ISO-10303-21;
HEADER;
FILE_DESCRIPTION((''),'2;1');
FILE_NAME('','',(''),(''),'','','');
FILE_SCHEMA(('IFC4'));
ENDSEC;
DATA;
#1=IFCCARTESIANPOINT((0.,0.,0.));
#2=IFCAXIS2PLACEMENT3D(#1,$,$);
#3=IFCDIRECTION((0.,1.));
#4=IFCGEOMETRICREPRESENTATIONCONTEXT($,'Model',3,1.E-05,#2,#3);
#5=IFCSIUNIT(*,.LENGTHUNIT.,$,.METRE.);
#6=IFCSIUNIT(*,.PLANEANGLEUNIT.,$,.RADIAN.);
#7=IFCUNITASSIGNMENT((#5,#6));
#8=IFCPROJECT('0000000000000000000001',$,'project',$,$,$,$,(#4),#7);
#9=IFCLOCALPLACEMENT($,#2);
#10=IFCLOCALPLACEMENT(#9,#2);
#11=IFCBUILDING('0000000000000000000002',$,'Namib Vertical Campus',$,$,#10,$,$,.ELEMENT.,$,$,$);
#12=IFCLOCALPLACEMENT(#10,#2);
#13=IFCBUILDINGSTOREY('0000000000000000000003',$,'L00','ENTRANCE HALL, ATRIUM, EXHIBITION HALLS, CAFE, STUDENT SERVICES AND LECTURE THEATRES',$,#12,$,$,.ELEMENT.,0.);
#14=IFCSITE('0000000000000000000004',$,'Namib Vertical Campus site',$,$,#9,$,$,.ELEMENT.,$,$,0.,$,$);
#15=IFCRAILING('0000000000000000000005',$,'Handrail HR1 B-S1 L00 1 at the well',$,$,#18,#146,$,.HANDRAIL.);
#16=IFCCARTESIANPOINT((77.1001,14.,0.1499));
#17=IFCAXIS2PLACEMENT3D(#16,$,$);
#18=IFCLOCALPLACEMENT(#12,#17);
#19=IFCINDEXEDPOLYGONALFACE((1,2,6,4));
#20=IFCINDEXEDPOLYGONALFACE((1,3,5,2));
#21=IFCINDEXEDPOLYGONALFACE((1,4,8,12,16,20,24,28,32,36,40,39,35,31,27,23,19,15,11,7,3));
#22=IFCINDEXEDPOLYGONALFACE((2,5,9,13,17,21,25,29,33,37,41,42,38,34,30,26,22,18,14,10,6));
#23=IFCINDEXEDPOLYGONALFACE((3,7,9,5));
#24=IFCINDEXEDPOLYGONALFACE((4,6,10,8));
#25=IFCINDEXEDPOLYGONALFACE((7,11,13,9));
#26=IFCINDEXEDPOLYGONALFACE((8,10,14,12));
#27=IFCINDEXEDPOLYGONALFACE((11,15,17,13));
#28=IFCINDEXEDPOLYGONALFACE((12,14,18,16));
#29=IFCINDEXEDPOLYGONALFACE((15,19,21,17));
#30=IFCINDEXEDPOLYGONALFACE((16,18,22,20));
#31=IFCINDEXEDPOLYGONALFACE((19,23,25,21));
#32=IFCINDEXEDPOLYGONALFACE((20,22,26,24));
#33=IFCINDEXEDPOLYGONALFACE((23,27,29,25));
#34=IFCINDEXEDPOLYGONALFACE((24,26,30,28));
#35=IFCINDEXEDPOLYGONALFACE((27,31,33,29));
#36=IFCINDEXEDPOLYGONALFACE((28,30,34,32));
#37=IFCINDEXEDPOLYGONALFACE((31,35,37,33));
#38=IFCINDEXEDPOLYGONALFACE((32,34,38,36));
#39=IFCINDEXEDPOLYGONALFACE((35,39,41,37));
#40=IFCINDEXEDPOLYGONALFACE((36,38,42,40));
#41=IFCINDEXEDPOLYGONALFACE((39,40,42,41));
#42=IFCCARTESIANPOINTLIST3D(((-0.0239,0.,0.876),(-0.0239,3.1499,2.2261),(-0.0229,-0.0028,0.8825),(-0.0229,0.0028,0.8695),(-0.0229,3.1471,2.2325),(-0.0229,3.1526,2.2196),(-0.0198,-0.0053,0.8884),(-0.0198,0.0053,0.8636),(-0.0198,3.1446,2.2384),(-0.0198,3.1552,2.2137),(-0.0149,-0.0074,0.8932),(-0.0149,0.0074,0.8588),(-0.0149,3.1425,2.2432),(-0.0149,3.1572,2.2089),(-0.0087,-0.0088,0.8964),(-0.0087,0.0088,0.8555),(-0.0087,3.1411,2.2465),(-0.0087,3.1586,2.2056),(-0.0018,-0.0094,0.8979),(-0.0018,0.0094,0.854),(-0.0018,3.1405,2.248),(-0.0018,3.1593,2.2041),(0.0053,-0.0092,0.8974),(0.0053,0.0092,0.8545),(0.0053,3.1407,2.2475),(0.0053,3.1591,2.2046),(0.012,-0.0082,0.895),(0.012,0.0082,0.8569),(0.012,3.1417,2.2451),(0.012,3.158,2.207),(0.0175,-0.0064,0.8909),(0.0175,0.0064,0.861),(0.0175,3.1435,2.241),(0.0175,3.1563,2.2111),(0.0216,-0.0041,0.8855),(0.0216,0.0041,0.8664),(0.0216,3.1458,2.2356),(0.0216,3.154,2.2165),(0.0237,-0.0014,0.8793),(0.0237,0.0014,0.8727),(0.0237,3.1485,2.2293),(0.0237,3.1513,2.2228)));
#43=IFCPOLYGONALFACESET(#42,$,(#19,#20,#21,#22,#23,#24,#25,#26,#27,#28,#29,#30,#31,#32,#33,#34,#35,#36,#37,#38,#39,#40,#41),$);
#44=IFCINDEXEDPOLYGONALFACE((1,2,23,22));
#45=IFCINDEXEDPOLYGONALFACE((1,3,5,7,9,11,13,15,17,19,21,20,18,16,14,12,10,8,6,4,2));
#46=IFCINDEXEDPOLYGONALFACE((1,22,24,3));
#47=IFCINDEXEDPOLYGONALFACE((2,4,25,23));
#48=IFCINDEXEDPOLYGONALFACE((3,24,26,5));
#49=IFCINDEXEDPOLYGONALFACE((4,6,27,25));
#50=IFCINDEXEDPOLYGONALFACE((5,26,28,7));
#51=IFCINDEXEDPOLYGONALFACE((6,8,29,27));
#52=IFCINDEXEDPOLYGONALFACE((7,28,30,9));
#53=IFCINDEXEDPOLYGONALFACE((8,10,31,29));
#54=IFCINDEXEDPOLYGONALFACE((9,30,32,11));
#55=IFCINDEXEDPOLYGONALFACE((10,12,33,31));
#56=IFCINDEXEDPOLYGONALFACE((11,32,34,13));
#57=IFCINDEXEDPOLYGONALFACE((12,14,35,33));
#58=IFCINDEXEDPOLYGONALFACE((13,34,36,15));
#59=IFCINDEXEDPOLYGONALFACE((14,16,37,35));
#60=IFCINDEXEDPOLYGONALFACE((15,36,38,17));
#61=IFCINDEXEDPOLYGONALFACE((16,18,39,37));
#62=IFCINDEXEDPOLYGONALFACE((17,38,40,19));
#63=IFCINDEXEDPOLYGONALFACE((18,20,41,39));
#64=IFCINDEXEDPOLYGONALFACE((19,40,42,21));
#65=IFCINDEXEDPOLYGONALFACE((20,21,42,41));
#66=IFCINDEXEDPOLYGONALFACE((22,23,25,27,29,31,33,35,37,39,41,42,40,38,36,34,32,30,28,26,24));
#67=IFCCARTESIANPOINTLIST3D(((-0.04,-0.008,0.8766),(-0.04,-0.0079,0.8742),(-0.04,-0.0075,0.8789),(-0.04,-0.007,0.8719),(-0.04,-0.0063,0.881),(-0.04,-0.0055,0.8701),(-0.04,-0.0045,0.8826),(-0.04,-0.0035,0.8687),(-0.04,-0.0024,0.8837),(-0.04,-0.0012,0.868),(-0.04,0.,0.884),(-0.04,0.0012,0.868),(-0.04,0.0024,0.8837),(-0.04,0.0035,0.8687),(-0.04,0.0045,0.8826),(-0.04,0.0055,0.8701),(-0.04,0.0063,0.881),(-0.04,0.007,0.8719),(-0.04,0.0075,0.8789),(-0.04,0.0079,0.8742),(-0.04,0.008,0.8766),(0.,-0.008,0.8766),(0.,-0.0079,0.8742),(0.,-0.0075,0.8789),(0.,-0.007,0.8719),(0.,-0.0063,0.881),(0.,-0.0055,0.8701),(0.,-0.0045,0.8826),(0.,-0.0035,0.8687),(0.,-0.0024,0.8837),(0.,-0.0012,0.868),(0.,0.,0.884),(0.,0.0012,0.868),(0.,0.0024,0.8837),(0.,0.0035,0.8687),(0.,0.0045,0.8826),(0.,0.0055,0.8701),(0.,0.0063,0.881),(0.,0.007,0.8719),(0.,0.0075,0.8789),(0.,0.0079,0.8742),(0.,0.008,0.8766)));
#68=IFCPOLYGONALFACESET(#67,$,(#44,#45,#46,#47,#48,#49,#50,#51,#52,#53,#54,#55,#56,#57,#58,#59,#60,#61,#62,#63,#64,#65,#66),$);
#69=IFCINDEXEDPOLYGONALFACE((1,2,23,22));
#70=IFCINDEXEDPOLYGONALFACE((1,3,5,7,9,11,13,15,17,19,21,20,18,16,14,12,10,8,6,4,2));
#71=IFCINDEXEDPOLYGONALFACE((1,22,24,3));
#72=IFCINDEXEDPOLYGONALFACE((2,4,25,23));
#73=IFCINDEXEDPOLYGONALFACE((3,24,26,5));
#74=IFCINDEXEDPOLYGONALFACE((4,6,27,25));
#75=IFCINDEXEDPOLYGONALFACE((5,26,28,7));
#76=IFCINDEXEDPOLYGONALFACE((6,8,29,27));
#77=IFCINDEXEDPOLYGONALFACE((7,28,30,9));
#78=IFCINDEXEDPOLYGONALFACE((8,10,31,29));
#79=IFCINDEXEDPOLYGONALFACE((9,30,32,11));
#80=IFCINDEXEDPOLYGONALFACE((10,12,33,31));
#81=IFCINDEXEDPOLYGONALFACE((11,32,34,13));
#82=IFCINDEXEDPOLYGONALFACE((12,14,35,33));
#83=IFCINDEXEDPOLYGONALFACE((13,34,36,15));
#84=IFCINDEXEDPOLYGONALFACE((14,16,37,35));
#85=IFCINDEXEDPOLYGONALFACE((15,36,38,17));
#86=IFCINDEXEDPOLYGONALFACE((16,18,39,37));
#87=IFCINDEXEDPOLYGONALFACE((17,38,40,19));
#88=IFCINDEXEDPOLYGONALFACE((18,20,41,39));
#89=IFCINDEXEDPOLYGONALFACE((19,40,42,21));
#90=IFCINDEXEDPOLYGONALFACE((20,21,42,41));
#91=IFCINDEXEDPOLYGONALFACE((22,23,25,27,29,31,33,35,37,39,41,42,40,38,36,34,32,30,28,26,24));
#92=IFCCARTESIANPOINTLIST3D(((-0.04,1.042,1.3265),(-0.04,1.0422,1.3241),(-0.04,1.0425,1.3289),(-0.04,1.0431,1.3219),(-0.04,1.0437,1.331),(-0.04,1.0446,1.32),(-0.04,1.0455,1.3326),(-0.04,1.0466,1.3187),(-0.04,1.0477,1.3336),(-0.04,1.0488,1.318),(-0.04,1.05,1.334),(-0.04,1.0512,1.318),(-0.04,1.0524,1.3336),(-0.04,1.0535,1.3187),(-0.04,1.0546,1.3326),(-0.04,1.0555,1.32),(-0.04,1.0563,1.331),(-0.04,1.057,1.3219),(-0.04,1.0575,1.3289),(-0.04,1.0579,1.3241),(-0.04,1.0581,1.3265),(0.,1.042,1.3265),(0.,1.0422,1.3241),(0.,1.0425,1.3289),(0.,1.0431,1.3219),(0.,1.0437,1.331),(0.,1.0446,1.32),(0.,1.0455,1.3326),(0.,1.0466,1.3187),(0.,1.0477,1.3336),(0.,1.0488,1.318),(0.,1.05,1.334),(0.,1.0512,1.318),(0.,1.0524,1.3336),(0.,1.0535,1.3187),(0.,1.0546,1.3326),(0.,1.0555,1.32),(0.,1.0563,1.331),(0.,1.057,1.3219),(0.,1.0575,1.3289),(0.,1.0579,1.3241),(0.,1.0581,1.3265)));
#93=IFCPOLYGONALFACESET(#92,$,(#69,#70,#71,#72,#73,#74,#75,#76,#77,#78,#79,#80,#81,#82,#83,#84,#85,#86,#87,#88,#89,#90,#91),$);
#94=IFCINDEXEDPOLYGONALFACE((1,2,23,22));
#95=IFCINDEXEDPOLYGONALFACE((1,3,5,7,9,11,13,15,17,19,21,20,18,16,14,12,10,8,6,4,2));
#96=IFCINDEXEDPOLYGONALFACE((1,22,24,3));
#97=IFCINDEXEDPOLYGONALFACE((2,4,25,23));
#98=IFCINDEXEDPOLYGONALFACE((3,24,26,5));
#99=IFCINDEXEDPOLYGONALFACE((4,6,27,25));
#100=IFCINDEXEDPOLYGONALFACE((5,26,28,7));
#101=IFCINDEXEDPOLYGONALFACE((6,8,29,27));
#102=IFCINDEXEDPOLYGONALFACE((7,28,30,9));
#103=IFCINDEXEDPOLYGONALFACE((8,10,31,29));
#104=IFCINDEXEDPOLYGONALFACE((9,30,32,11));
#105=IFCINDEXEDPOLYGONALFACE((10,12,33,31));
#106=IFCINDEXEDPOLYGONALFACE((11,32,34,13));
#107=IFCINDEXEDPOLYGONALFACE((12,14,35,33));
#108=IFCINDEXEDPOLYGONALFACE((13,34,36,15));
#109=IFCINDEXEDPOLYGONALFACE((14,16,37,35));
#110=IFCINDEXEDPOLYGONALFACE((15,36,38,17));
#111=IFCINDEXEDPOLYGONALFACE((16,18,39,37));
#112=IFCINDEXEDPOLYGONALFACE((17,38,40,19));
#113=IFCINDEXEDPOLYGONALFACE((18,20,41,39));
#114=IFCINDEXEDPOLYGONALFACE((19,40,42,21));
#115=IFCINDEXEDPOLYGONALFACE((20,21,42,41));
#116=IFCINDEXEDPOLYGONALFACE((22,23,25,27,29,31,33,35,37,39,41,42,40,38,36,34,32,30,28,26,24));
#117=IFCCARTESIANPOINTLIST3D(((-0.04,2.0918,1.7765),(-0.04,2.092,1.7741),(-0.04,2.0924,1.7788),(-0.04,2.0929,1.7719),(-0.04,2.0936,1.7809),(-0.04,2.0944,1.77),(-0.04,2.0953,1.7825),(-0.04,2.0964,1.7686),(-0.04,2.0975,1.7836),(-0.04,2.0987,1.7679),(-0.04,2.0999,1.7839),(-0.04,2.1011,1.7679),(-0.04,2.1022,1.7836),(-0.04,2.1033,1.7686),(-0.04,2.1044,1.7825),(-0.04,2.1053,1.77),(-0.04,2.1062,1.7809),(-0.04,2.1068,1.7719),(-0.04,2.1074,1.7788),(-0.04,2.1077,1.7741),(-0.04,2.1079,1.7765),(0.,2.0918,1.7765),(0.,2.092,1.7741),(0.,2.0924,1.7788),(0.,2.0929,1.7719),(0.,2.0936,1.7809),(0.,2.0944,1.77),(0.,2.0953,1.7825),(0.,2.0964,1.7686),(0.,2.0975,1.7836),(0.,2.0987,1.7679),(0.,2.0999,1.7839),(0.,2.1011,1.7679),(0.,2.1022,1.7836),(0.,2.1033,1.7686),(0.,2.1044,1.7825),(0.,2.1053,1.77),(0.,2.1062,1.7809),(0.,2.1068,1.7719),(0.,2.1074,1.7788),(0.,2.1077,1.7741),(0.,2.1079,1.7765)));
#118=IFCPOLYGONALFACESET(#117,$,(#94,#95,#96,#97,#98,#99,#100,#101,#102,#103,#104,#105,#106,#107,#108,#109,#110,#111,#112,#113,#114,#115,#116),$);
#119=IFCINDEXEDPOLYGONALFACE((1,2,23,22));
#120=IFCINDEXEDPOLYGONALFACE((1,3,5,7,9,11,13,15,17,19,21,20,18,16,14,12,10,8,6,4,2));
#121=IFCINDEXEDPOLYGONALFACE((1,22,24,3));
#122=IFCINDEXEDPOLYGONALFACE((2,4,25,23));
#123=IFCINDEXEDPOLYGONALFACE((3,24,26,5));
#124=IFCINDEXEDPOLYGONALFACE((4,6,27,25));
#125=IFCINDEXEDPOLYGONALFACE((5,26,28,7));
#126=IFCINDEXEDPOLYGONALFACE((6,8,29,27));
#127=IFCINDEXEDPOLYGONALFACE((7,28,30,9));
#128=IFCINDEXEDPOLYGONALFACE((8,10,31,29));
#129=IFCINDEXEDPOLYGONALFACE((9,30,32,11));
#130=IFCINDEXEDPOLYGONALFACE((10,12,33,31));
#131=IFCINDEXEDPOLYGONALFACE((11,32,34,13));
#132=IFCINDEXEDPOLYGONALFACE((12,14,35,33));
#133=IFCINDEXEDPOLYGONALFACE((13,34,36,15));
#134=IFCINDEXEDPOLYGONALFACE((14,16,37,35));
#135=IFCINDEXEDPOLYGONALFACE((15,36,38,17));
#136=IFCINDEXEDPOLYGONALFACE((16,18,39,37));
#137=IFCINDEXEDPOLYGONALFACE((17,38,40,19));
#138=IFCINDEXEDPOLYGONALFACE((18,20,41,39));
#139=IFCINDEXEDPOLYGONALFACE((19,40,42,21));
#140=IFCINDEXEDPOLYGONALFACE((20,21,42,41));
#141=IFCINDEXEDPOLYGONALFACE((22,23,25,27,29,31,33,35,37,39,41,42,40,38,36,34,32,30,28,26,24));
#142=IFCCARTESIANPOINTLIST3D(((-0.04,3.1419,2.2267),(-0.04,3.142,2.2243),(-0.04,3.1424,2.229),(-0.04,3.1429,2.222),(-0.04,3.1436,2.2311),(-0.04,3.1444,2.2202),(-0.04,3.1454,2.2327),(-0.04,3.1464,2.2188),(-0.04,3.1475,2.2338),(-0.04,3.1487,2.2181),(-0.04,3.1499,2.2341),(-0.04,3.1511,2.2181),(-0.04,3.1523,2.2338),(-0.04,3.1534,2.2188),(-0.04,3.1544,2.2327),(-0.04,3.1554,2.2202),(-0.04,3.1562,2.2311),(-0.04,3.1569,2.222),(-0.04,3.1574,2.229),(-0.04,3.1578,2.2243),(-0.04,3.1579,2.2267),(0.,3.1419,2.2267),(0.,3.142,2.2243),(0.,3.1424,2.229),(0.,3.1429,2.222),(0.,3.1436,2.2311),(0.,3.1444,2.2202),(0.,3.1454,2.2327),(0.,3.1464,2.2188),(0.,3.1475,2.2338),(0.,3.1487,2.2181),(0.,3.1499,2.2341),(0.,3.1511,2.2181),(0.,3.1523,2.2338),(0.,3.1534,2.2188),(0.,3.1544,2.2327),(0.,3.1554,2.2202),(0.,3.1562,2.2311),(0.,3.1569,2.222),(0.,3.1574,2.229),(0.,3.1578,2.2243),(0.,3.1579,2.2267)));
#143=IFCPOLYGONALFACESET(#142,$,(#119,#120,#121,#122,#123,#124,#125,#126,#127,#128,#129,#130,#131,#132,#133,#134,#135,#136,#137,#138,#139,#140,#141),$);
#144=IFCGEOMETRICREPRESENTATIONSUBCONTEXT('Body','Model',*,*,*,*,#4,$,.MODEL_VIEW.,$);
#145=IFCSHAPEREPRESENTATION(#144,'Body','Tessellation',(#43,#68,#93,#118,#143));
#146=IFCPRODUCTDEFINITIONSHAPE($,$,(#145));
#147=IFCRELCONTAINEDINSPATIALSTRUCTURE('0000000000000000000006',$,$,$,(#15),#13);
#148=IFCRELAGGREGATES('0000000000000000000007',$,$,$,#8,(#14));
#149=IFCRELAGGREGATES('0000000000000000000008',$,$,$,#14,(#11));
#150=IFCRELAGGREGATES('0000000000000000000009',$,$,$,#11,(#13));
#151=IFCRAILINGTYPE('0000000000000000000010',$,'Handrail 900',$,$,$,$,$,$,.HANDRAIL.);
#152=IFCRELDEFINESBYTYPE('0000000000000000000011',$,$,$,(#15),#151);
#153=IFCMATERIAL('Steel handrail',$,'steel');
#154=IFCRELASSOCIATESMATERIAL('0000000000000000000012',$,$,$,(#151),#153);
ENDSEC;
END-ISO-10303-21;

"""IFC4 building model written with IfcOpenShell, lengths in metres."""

from ifc_helpers import new_model, si_unit, direction, frame, origin, origin_2d, place, context, subcontext, project, spatial, circle, extrude, material, type_object, element, save


model = new_model("IFC4")

# Units and contexts
model_context = context("Model", 3, precision=1e-05, world=origin(), true_north=direction((0.0, 1.0)))
body_context = subcontext(model_context, "Body", "Model", "MODEL_VIEW")
ifc_project = project(units=[si_unit("LENGTHUNIT", "METRE"), si_unit("PLANEANGLEUNIT", "RADIAN")], contexts=[model_context])

# Site, building, storey
site_placement = place(None, origin())
site = spatial("IfcSite", under=ifc_project, at=site_placement, Name="Namib Vertical Campus site", CompositionType="ELEMENT", RefElevation=0.0)
building_placement = place(site_placement, origin())
building = spatial("IfcBuilding", under=site, at=building_placement, Name="Namib Vertical Campus", CompositionType="ELEMENT")
storey_placement = place(building_placement, origin())
storey = spatial("IfcBuildingStorey", under=building, at=storey_placement, Name="L00", Description="ENTRANCE HALL, ATRIUM, EXHIBITION HALLS, CAFE, STUDENT SERVICES AND LECTURE THEATRES", CompositionType="ELEMENT", Elevation=0.0)

# Railing
ifc_material_1 = material(Name="Steel handrail", Category="steel")
railing_type_1 = type_object("IfcRailingType", Name="Handrail 900", PredefinedType="HANDRAIL", material=ifc_material_1)
railing_1_placement = place(storey_placement, frame((77.1001, 14.0, 0.1499)))
element("IfcRailing", 1, at=railing_1_placement, inside=storey, type_object=railing_type_1, Name="Handrail HR1 B-S1 L00 1 at the well", PredefinedType="HANDRAIL", context=body_context, shape_type="SweptSolid", body=[
    extrude(circle(Radius=0.0239, at=origin_2d()), frame((0.0, 0.0, 0.876), z_axis=(0.0, 0.91913, 0.393954), x_axis=(-1.0, 0.0, 0.0)), (0.0, 0.0, 1.0), 3.427),
    extrude(circle(Radius=0.0081, at=origin_2d()), frame((0.0, 0.0, 0.876), z_axis=(-1.0, 0.0, 0.0), x_axis=(0.0, 0.0, 1.0)), (0.0, 0.0, 1.0), 0.04),
    extrude(circle(Radius=0.0081, at=origin_2d()), frame((0.0, 1.05, 1.3259), z_axis=(-1.0, 0.0, 0.0), x_axis=(0.0, 0.0, 1.0)), (0.0, 0.0, 1.0), 0.04),
    extrude(circle(Radius=0.0081, at=origin_2d()), frame((0.0, 2.0999, 1.7759), z_axis=(-1.0, 0.0, 0.0), x_axis=(0.0, 0.0, 1.0)), (0.0, 0.0, 1.0), 0.04),
    extrude(circle(Radius=0.0081, at=origin_2d()), frame((0.0, 3.1499, 2.2261), z_axis=(-1.0, 0.0, 0.0), x_axis=(0.0, 0.0, 1.0)), (0.0, 0.0, 1.0), 0.04),
])

save(model, "model.ifc")
